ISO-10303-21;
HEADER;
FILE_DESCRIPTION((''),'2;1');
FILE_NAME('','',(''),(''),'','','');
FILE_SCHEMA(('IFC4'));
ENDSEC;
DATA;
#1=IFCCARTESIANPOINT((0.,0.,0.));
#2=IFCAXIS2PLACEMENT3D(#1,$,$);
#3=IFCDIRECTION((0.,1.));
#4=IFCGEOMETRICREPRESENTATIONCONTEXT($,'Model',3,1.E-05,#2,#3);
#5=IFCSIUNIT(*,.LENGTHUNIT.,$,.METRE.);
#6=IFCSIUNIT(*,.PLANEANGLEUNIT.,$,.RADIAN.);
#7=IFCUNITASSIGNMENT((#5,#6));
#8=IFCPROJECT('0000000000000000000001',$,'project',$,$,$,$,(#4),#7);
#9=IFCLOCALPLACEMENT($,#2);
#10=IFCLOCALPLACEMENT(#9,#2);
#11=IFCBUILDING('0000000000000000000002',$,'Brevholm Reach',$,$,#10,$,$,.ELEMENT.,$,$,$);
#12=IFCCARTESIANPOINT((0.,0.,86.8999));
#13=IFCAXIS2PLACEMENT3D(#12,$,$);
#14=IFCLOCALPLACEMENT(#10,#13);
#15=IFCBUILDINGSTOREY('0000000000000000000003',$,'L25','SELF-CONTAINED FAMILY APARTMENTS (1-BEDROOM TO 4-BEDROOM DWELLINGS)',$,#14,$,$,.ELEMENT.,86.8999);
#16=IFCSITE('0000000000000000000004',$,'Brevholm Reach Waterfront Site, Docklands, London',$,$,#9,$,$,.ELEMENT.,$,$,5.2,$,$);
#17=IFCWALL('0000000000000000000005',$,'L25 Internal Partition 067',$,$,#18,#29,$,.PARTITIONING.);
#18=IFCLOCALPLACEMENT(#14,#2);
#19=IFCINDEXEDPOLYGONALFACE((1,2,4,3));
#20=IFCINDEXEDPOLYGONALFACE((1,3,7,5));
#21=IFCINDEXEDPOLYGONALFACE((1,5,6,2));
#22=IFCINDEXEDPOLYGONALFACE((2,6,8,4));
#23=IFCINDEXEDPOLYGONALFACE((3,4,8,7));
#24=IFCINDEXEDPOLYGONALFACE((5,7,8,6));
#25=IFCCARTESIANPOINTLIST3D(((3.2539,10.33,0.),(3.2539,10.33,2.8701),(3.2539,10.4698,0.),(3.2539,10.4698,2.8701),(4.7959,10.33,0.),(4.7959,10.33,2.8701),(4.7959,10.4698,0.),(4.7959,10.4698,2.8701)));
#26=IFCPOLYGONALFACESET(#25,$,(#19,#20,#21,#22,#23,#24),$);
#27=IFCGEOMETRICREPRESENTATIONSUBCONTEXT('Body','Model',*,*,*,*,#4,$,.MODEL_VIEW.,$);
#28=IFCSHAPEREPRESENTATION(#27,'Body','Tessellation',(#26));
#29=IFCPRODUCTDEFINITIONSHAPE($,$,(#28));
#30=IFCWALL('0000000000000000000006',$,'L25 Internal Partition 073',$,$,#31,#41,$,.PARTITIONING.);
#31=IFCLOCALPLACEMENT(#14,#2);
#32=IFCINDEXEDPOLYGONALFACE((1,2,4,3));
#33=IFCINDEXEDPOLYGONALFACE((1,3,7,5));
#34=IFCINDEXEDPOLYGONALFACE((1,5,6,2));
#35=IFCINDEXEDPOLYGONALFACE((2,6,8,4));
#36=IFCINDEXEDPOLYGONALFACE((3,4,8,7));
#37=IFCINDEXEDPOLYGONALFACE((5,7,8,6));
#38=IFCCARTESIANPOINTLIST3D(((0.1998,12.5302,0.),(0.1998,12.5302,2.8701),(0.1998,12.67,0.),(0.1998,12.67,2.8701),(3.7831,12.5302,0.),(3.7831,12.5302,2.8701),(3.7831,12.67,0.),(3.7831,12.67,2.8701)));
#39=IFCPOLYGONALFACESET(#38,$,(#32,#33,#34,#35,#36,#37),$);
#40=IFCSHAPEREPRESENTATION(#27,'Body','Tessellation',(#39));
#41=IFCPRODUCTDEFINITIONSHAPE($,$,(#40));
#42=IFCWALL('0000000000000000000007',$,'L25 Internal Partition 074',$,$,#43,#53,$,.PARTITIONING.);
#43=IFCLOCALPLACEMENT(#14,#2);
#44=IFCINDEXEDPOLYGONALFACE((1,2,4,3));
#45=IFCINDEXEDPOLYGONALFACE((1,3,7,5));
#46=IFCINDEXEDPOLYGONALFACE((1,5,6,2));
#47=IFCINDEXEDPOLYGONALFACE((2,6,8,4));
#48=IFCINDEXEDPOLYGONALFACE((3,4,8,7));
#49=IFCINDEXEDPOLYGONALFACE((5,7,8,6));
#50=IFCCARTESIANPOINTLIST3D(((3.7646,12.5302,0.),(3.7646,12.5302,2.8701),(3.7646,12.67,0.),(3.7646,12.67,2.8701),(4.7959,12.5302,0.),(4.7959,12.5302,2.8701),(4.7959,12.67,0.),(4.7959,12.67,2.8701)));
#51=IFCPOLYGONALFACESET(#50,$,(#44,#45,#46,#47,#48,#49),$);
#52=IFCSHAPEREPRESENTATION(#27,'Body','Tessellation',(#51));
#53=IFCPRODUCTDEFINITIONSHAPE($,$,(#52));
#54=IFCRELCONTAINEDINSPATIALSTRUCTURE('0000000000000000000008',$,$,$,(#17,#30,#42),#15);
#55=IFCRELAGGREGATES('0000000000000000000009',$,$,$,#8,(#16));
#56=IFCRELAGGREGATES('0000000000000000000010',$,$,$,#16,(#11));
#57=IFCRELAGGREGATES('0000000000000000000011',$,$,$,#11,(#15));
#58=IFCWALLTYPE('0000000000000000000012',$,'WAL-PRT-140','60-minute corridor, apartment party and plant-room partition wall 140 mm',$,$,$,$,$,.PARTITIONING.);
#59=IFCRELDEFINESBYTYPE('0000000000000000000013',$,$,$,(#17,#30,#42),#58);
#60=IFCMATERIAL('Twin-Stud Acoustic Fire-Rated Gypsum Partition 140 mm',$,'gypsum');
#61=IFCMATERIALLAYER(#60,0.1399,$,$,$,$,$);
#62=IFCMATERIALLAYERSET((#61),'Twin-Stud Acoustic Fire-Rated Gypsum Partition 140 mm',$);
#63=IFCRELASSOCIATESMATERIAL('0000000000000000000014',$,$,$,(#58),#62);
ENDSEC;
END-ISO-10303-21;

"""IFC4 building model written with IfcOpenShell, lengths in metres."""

from ifc_helpers import new_model, si_unit, direction, frame, frame_2d, origin, place, context, subcontext, project, spatial, rectangle, extrude, material, layer, layer_set, type_object, element, save


model = new_model("IFC4")

# Units and contexts
model_context = context("Model", 3, precision=1e-05, world=origin(), true_north=direction((0.0, 1.0)))
body_context = subcontext(model_context, "Body", "Model", "MODEL_VIEW")
ifc_project = project(units=[si_unit("LENGTHUNIT", "METRE"), si_unit("PLANEANGLEUNIT", "RADIAN")], contexts=[model_context])

# Site, building, storey
site_placement = place(None, origin())
site = spatial("IfcSite", under=ifc_project, at=site_placement, Name="Brevholm Reach Waterfront Site, Docklands, London", CompositionType="ELEMENT", RefElevation=5.2)
building_placement = place(site_placement, origin())
building = spatial("IfcBuilding", under=site, at=building_placement, Name="Brevholm Reach", CompositionType="ELEMENT")
storey_placement = place(building_placement, frame((0.0, 0.0, 86.8999)))
storey = spatial("IfcBuildingStorey", under=building, at=storey_placement, Name="L25", Description="SELF-CONTAINED FAMILY APARTMENTS (1-BEDROOM TO 4-BEDROOM DWELLINGS)", CompositionType="ELEMENT", Elevation=86.8999)

# Shared definitions
ifc_material_1 = material(Name="Twin-Stud Acoustic Fire-Rated Gypsum Partition 140 mm", Category="gypsum")
ifc_layer_1 = layer(ifc_material_1, 0.1399)
ifc_layer_set_1 = layer_set([ifc_layer_1], Name="Twin-Stud Acoustic Fire-Rated Gypsum Partition 140 mm")
wall_type_1 = type_object("IfcWallType", Name="WAL-PRT-140", Description="60-minute corridor, apartment party and plant-room partition wall 140 mm", PredefinedType="PARTITIONING", material=ifc_layer_set_1)

# Walls
wall_1_placement = place(storey_placement, frame((3.2539, 10.3999, 0.0), z_axis=(0.0, 0.0, 1.0), x_axis=(1.0, 0.0, 0.0)))
element("IfcWall", 1, at=wall_1_placement, inside=storey, type_object=wall_type_1, Name="L25 Internal Partition 067", PredefinedType="PARTITIONING", context=body_context, shape_type="SweptSolid", body=[
    extrude(rectangle(XDim=1.542, YDim=0.1399, at=frame_2d((0.771, 0.0))), origin(), (0.0, 0.0, 1.0), 2.8701),
])
wall_2_placement = place(storey_placement, frame((0.2, 12.6001, 0.0), z_axis=(0.0, 0.0, 1.0), x_axis=(1.0, 0.0, 0.0)))
element("IfcWall", 2, at=wall_2_placement, inside=storey, type_object=wall_type_1, Name="L25 Internal Partition 073", PredefinedType="PARTITIONING", context=body_context, shape_type="SweptSolid", body=[
    extrude(rectangle(XDim=3.5833, YDim=0.1399, at=frame_2d((1.7915, 0.0))), origin(), (0.0, 0.0, 1.0), 2.8701),
])
wall_3_placement = place(storey_placement, frame((3.7646, 12.6001, 0.0), z_axis=(0.0, 0.0, 1.0), x_axis=(1.0, 0.0, 0.0)))
element("IfcWall", 3, at=wall_3_placement, inside=storey, type_object=wall_type_1, Name="L25 Internal Partition 074", PredefinedType="PARTITIONING", context=body_context, shape_type="SweptSolid", body=[
    extrude(rectangle(XDim=1.0312, YDim=0.1399, at=frame_2d((0.5156, 0.0))), origin(), (0.0, 0.0, 1.0), 2.8701),
])

save(model, "model.ifc")
